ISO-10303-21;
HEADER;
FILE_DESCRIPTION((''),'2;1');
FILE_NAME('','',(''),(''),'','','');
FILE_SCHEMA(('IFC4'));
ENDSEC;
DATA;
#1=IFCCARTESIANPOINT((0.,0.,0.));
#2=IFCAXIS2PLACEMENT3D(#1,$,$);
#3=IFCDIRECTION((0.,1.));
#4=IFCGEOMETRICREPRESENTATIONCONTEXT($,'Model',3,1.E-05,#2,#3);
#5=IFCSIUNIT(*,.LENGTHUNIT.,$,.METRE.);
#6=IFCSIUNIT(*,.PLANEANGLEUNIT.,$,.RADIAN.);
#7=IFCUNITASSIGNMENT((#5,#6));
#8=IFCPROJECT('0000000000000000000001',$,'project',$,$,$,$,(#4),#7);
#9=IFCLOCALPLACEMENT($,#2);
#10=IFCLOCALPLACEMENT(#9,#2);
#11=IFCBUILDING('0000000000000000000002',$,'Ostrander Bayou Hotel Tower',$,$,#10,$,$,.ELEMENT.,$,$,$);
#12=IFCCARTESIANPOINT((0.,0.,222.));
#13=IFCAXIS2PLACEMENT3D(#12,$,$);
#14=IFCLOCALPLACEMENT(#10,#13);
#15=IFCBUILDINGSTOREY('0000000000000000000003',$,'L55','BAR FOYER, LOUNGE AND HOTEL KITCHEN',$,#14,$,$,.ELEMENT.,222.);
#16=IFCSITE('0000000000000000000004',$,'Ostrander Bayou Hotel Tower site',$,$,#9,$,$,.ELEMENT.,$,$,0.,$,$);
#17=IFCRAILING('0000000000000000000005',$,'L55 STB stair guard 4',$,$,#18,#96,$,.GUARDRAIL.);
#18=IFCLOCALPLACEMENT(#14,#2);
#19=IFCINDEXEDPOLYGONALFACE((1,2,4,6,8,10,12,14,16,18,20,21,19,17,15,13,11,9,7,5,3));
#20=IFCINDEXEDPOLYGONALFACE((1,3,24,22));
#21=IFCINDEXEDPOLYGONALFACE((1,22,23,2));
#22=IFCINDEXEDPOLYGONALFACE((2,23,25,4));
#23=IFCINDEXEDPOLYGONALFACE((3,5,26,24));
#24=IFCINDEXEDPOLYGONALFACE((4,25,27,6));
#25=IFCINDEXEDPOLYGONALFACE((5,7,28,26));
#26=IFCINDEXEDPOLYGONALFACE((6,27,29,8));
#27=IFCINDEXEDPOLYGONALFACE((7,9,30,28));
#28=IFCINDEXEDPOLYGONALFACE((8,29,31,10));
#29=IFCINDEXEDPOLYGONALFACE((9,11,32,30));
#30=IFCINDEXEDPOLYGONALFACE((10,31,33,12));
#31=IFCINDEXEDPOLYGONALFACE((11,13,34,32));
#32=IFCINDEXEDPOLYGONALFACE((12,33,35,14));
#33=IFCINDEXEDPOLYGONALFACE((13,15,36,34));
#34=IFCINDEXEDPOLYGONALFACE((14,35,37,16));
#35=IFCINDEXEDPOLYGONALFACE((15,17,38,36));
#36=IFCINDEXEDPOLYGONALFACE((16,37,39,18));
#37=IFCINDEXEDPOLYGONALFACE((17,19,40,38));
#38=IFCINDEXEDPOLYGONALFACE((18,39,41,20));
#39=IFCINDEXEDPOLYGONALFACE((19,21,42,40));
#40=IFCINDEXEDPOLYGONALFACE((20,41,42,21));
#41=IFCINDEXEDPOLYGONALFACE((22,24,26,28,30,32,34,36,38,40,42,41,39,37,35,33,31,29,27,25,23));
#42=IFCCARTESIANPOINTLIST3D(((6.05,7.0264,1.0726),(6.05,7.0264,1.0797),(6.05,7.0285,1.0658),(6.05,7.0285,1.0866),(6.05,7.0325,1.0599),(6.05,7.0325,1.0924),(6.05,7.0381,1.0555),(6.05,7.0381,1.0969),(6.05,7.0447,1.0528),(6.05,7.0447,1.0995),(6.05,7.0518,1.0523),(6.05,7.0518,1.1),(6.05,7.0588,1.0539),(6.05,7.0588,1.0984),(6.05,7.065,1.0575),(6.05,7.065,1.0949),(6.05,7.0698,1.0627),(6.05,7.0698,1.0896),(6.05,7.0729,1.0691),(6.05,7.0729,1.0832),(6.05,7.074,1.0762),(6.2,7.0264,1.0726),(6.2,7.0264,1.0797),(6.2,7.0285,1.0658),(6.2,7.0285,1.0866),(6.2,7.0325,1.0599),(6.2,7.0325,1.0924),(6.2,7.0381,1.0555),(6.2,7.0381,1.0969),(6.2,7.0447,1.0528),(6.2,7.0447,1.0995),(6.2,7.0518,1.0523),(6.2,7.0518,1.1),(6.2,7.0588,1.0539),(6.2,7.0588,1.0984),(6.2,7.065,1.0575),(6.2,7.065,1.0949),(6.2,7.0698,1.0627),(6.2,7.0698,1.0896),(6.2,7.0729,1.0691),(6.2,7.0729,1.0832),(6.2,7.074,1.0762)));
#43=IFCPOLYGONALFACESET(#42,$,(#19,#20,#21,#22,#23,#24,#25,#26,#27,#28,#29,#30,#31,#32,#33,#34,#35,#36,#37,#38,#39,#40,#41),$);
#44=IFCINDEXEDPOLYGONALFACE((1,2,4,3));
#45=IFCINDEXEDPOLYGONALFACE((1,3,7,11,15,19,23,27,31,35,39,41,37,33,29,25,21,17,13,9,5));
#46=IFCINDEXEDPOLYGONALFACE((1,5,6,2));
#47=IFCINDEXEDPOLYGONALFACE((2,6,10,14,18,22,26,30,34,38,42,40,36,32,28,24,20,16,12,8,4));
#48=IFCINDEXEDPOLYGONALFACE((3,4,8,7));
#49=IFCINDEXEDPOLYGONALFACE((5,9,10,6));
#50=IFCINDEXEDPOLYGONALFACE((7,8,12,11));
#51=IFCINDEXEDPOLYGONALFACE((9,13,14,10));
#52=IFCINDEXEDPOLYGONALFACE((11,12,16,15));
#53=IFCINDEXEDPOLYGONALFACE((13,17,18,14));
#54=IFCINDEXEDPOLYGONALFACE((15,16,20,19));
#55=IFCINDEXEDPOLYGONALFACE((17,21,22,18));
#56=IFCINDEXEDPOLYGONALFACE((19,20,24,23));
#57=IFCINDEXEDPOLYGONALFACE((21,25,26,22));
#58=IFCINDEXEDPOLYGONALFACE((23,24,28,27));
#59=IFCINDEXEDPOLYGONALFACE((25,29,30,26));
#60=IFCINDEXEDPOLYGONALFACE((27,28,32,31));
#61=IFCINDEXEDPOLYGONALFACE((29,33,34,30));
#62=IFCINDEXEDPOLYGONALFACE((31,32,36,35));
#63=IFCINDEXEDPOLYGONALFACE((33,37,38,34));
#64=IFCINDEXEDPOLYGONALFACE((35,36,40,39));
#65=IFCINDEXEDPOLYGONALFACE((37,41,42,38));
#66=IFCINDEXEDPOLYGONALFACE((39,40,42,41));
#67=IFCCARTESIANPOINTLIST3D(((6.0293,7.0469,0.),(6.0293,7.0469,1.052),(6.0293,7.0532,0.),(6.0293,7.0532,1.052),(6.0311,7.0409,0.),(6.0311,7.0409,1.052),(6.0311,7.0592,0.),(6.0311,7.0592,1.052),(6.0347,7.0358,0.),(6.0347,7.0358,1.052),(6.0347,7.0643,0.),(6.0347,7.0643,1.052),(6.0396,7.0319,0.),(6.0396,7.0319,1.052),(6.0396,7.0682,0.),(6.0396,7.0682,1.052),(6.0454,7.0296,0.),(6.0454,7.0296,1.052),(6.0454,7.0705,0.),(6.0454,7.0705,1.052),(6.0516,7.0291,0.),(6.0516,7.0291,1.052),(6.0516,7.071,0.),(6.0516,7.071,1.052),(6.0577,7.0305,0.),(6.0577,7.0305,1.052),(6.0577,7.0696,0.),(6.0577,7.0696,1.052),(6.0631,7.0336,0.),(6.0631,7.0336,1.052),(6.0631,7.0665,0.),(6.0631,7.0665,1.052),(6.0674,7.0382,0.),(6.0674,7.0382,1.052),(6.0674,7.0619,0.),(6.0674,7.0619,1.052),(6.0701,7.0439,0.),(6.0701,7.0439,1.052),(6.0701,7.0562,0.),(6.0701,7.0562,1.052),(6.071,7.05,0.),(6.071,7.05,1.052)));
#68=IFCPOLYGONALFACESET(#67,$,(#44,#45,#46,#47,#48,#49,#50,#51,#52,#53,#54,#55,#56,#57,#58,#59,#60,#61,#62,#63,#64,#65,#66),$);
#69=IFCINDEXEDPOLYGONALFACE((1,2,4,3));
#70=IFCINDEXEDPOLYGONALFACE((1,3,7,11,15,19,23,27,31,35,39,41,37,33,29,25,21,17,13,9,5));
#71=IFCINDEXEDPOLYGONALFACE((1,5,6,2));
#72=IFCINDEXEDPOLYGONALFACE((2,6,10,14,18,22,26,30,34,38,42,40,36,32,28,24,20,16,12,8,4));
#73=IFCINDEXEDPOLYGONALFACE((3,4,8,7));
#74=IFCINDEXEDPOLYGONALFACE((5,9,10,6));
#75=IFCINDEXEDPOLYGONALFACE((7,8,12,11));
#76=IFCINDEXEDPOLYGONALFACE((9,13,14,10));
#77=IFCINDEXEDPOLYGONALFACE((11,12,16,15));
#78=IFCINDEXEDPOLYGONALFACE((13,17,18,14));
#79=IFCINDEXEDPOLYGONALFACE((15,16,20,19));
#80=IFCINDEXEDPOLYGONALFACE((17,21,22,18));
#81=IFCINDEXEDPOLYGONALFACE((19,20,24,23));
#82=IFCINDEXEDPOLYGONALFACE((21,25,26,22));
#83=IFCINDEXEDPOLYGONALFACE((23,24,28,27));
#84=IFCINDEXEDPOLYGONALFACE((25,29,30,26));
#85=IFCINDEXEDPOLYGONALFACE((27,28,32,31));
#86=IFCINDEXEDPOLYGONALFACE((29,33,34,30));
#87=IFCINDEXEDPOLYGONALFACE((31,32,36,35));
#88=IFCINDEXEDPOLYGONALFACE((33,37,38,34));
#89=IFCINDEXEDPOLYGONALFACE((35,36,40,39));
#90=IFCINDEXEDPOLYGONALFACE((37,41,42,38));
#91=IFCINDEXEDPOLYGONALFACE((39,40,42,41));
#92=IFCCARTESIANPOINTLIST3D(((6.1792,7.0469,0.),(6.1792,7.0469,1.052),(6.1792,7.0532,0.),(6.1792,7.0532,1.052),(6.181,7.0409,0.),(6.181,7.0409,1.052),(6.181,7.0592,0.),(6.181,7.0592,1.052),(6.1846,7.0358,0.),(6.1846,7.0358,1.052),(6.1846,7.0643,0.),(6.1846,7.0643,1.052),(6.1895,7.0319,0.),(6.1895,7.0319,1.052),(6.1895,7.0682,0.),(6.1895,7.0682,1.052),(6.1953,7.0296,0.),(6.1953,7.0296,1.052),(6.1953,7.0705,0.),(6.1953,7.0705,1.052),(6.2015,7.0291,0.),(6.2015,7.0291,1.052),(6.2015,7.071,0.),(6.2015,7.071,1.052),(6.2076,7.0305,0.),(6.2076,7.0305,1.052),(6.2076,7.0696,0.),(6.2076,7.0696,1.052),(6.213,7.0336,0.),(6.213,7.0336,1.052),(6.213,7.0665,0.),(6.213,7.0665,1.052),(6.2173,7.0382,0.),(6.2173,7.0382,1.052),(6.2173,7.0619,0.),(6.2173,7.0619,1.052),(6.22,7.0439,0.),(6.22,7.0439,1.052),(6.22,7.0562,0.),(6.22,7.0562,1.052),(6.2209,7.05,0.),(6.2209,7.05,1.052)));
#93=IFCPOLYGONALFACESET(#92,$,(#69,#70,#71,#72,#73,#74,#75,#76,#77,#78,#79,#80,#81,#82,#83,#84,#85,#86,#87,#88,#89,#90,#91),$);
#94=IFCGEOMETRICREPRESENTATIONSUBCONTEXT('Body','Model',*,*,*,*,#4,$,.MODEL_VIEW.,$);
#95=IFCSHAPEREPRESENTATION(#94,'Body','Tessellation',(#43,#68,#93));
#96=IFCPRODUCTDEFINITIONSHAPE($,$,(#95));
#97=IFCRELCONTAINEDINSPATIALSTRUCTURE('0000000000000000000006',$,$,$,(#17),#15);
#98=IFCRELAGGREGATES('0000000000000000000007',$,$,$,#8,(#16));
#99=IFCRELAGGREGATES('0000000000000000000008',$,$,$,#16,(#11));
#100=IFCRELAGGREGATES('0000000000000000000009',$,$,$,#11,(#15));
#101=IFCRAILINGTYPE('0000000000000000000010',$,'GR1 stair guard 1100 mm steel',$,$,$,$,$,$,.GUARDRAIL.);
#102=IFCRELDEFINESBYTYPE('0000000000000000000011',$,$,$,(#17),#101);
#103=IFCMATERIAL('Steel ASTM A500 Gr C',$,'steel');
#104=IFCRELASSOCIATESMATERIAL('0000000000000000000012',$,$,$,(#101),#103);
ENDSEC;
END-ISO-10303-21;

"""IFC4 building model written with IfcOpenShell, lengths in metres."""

from ifc_helpers import new_model, si_unit, direction, frame, origin, origin_2d, place, context, subcontext, project, spatial, circle, extrude, material, type_object, element, save


model = new_model("IFC4")

# Units and contexts
model_context = context("Model", 3, precision=1e-05, world=origin(), true_north=direction((0.0, 1.0)))
body_context = subcontext(model_context, "Body", "Model", "MODEL_VIEW")
ifc_project = project(units=[si_unit("LENGTHUNIT", "METRE"), si_unit("PLANEANGLEUNIT", "RADIAN")], contexts=[model_context])

# Site, building, storey
site_placement = place(None, origin())
site = spatial("IfcSite", under=ifc_project, at=site_placement, Name="Ostrander Bayou Hotel Tower site", CompositionType="ELEMENT", RefElevation=0.0)
building_placement = place(site_placement, origin())
building = spatial("IfcBuilding", under=site, at=building_placement, Name="Ostrander Bayou Hotel Tower", CompositionType="ELEMENT")
storey_placement = place(building_placement, frame((0.0, 0.0, 222.0)))
storey = spatial("IfcBuildingStorey", under=building, at=storey_placement, Name="L55", Description="BAR FOYER, LOUNGE AND HOTEL KITCHEN", CompositionType="ELEMENT", Elevation=222.0)

# Railing
ifc_material_1 = material(Name="Steel ASTM A500 Gr C", Category="steel")
railing_type_1 = type_object("IfcRailingType", Name="GR1 stair guard 1100 mm steel", PredefinedType="GUARDRAIL", material=ifc_material_1)
railing_1_placement = place(storey_placement, frame((6.05, 7.05, 0.0)))
element("IfcRailing", 1, at=railing_1_placement, inside=storey, type_object=railing_type_1, Name="L55 STB stair guard 4", PredefinedType="GUARDRAIL", context=body_context, shape_type="SweptSolid", body=[
    extrude(circle(Radius=0.0239, at=origin_2d()), frame((0.0, 0.0, 1.0762), z_axis=(1.0, 0.0, 0.0), x_axis=(0.0, 1.0, 0.0)), (0.0, 0.0, 1.0), 0.1499),
    extrude(circle(Radius=0.021, at=origin_2d()), origin(), (0.0, 0.0, 1.0), 1.052),
    extrude(circle(Radius=0.021, at=origin_2d()), frame((0.1499, 0.0, 0.0)), (0.0, 0.0, 1.0), 1.052),
])

save(model, "model.ifc")
